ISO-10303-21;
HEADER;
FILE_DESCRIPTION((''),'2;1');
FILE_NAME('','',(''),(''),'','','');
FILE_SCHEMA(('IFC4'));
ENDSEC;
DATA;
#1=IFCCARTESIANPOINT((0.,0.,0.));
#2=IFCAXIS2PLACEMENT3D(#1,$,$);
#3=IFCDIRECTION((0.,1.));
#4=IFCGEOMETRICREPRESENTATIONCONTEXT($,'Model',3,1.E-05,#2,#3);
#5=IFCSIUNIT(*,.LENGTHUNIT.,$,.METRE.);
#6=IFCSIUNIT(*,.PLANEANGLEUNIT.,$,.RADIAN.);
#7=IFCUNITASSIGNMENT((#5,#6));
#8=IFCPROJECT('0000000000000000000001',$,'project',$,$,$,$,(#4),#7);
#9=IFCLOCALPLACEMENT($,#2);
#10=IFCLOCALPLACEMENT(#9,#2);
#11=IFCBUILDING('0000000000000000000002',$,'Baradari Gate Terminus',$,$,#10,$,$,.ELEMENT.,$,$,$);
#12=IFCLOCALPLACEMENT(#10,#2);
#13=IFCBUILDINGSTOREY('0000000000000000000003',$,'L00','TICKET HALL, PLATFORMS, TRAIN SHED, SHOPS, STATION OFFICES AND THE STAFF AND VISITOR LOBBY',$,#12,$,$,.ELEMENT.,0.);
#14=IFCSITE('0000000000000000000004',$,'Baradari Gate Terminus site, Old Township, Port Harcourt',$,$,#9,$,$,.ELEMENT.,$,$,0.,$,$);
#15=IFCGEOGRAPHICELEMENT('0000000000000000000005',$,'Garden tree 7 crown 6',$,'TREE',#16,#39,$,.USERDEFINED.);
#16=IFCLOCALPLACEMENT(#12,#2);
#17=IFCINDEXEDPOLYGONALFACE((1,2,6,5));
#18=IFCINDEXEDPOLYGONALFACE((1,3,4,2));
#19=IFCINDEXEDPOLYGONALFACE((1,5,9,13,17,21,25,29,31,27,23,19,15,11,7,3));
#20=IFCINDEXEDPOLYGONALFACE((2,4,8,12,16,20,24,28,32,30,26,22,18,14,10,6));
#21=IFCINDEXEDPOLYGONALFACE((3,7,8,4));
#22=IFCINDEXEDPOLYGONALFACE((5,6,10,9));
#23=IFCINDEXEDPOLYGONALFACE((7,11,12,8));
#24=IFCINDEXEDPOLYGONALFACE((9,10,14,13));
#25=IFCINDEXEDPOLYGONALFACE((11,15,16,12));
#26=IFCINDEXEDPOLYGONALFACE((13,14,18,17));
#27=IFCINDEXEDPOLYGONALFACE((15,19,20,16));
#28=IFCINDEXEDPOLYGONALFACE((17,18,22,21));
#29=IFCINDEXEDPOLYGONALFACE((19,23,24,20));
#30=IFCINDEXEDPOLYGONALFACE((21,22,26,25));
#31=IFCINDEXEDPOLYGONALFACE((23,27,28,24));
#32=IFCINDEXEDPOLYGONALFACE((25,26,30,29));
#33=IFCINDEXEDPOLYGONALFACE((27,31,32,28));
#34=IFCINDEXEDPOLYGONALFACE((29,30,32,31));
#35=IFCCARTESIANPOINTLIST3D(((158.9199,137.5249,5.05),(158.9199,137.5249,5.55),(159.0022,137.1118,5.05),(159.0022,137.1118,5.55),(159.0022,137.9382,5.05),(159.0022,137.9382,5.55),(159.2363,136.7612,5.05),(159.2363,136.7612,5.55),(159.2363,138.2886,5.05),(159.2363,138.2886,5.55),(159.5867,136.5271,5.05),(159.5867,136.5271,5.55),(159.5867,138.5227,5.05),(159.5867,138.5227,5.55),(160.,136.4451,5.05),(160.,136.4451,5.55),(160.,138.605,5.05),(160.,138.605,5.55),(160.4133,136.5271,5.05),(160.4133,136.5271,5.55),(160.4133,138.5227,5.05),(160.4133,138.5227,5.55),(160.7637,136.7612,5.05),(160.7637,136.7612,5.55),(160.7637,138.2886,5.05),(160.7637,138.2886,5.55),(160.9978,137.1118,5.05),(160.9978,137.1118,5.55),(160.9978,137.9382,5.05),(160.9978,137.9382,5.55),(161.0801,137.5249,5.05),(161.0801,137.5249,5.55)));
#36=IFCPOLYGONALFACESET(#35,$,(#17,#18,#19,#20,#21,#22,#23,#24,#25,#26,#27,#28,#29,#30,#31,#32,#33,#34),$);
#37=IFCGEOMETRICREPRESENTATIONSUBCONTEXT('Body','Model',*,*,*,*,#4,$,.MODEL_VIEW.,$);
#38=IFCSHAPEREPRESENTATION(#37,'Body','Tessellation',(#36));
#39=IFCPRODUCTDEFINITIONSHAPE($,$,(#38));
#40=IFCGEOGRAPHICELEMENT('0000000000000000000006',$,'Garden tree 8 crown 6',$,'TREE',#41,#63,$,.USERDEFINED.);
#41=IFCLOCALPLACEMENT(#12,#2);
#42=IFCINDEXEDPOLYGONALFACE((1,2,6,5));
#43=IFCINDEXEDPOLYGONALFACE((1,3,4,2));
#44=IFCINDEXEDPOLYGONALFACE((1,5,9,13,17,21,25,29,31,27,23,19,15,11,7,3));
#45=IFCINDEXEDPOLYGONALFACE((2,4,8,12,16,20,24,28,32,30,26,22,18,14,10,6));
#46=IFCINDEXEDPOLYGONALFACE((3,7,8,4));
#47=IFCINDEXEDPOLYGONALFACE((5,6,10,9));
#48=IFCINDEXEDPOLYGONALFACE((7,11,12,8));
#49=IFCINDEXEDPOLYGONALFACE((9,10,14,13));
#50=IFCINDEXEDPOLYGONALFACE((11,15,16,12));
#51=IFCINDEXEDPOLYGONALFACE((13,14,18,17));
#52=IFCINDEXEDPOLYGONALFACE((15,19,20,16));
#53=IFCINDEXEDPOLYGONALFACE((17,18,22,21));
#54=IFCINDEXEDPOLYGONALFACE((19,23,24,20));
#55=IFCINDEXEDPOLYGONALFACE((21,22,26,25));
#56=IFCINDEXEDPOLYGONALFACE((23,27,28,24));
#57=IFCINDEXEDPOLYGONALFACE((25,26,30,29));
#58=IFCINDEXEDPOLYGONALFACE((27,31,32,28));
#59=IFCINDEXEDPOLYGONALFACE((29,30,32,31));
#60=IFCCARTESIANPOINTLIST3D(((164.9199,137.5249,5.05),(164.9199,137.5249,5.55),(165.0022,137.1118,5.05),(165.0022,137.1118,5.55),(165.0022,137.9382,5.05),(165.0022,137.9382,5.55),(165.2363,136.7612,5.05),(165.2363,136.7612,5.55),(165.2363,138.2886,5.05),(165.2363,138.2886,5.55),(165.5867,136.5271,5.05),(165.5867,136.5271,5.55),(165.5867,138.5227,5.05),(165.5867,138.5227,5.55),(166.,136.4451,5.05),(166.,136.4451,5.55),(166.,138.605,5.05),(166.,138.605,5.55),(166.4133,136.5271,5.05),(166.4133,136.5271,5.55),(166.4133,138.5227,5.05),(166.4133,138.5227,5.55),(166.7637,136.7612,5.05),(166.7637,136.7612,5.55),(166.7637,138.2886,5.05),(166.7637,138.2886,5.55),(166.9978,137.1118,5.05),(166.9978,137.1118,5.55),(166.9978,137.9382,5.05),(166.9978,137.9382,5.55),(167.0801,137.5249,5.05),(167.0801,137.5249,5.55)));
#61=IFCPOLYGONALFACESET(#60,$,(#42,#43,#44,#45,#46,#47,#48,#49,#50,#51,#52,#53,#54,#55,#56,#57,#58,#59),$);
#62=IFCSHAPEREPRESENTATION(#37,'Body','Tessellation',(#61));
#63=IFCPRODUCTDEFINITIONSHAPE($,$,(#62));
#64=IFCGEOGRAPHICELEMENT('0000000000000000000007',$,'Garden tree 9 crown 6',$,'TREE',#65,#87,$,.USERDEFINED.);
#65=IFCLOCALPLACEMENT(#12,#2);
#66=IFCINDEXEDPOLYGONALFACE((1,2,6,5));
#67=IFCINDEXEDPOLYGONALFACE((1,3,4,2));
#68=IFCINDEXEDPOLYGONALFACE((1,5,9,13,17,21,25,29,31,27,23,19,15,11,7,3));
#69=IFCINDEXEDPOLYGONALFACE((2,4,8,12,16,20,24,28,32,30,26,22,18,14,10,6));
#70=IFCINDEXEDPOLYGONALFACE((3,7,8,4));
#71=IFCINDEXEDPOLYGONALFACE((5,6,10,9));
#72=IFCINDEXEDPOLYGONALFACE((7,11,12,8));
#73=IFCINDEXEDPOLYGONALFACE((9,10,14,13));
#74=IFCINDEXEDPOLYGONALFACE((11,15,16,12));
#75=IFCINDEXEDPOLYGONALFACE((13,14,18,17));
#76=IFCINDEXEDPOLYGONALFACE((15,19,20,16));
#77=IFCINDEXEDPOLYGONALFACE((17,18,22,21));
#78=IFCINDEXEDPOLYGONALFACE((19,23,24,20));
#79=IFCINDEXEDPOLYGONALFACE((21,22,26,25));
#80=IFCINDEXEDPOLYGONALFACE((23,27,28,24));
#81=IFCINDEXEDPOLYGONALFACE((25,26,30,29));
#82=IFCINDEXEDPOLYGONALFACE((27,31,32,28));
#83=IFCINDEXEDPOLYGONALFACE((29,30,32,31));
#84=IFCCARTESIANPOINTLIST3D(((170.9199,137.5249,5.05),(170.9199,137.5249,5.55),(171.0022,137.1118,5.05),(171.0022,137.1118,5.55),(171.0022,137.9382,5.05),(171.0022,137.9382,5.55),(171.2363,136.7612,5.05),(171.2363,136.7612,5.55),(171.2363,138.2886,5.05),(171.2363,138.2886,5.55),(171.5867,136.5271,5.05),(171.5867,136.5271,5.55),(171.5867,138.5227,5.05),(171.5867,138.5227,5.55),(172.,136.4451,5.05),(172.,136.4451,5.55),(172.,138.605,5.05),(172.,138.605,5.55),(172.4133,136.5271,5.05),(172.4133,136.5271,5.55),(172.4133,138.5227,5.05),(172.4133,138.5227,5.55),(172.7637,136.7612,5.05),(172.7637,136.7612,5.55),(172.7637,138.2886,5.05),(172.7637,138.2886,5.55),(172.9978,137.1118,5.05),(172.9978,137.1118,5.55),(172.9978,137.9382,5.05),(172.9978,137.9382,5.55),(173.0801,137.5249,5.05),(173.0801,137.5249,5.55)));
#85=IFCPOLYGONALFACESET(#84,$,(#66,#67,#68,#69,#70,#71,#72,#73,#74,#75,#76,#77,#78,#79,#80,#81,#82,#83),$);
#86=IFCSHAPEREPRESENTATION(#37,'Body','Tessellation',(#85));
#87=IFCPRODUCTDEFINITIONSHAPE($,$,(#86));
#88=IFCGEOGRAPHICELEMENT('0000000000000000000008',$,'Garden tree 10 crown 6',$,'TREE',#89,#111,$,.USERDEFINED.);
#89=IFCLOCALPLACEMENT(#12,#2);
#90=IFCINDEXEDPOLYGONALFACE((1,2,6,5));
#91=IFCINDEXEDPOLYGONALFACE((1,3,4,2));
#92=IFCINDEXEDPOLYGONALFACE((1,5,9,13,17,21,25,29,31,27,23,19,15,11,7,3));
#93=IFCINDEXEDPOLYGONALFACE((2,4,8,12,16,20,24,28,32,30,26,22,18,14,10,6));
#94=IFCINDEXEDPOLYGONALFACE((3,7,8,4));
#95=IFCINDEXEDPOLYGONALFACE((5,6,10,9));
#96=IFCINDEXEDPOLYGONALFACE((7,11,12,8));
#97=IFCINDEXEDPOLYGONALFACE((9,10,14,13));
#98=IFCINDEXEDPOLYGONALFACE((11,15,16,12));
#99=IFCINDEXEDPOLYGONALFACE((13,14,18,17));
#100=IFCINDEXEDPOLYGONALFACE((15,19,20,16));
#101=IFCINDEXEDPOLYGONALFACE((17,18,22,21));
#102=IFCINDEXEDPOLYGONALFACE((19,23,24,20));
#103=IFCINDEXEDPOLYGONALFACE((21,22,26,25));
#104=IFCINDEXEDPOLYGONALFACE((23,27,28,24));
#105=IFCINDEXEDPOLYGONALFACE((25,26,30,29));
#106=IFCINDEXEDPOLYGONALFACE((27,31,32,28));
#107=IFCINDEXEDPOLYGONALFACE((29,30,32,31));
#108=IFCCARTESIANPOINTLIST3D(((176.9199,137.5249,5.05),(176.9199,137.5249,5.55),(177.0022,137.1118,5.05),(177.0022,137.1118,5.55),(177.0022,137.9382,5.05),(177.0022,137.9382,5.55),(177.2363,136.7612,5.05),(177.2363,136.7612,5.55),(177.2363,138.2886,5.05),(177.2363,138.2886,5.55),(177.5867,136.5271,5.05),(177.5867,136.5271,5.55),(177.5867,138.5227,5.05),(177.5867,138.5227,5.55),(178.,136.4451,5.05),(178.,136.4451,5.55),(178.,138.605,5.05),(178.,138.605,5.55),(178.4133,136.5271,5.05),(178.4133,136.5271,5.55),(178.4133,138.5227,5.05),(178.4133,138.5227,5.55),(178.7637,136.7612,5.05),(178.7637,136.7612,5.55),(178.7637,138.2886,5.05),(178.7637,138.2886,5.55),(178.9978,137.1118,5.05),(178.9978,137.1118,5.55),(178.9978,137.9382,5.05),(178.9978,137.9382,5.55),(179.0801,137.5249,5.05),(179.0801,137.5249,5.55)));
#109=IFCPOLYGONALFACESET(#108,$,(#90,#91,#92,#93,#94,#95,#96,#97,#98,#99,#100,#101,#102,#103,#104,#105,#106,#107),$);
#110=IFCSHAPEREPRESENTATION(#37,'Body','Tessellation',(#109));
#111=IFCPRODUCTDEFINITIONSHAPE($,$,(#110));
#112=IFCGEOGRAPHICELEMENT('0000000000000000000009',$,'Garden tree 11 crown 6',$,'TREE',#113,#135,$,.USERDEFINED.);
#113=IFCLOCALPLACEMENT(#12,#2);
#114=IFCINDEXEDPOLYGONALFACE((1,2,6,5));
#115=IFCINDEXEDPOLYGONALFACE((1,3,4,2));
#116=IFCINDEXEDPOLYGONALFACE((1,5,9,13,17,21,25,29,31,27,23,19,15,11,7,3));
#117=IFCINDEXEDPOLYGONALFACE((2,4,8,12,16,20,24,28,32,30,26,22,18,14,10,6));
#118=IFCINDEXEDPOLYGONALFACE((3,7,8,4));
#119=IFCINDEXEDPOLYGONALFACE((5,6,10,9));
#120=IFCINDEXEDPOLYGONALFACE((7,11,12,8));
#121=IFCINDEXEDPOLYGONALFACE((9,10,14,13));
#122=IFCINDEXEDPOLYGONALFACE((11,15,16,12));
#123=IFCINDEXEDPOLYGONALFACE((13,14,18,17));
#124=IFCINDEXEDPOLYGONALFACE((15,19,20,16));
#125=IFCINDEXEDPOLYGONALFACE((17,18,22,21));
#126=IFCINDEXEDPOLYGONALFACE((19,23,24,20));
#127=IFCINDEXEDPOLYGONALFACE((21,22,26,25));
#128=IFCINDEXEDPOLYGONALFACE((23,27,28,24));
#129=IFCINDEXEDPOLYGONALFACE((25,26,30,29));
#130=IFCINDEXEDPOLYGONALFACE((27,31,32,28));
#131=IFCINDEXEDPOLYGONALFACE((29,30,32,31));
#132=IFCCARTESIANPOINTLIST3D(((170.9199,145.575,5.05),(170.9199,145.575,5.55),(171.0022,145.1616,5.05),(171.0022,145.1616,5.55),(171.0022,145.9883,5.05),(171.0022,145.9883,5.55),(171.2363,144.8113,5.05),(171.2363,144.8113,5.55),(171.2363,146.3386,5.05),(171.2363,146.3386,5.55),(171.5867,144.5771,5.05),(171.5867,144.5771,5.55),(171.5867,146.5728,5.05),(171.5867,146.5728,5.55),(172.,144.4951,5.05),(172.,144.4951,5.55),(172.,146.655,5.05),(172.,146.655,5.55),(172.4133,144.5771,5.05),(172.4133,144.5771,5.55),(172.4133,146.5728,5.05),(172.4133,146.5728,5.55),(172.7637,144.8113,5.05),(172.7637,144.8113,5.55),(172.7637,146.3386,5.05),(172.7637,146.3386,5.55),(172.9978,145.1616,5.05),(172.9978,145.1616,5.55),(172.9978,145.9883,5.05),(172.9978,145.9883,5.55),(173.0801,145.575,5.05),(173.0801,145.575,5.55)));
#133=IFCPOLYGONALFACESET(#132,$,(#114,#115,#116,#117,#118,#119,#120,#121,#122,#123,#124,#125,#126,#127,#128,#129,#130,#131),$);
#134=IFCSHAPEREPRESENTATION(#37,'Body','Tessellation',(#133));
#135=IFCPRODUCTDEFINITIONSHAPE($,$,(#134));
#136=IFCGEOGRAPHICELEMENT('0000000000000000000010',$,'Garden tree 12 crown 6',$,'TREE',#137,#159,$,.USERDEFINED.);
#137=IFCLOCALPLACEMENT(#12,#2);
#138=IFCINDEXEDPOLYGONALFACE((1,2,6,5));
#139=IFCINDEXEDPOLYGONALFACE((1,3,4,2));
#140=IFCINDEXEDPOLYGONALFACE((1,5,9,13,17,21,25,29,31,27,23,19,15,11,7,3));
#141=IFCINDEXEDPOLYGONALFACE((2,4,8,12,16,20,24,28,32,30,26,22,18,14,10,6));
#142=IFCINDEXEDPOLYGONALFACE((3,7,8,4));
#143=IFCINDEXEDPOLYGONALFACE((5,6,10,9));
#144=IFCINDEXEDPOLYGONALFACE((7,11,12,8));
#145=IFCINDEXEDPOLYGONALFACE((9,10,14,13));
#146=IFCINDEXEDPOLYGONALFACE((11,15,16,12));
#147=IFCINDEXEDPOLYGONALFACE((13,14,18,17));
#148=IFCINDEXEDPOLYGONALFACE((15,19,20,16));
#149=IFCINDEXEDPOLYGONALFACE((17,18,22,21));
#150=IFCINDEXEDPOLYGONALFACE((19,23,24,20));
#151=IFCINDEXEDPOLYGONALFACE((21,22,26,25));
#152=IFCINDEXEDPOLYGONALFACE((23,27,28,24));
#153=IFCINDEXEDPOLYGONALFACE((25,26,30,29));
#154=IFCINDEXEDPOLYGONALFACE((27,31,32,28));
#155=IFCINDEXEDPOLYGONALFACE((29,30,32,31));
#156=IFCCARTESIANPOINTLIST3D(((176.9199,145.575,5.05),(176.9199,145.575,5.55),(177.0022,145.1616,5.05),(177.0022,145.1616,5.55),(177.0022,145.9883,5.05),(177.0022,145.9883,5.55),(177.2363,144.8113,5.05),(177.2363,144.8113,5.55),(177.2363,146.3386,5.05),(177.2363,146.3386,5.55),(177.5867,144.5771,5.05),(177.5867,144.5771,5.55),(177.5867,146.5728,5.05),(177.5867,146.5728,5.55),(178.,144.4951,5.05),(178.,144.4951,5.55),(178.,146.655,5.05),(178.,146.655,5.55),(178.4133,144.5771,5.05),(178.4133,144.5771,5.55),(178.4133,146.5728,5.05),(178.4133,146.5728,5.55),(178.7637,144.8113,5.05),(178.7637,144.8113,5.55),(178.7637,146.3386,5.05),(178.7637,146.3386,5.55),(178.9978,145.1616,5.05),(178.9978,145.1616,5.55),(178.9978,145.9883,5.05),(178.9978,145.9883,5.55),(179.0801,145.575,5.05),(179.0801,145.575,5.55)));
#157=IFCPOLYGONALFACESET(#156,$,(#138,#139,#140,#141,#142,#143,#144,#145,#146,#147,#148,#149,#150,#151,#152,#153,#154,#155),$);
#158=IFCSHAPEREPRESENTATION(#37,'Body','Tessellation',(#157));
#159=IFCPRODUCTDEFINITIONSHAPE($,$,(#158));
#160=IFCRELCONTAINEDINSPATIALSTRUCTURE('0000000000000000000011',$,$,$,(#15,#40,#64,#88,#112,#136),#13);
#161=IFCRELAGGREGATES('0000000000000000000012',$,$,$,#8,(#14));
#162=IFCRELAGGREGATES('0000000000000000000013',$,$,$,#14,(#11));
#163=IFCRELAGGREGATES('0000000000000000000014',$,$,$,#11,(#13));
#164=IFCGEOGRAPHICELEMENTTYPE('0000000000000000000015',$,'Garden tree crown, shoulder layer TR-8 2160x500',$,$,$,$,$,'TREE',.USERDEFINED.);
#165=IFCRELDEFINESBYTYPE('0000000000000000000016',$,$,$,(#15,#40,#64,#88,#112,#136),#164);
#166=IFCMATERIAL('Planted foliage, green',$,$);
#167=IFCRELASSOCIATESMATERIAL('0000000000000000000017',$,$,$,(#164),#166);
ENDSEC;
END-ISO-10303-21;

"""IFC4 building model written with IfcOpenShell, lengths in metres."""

from ifc_helpers import new_model, si_unit, direction, frame, origin, place, context, subcontext, project, spatial, polyline, outline, extrude, material, type_object, element, save


model = new_model("IFC4")

# Units and contexts
model_context = context("Model", 3, precision=1e-05, world=origin(), true_north=direction((0.0, 1.0)))
body_context = subcontext(model_context, "Body", "Model", "MODEL_VIEW")
ifc_project = project(units=[si_unit("LENGTHUNIT", "METRE"), si_unit("PLANEANGLEUNIT", "RADIAN")], contexts=[model_context])

# Site, building, storey
site_placement = place(None, origin())
site = spatial("IfcSite", under=ifc_project, at=site_placement, Name="Baradari Gate Terminus site, Old Township, Port Harcourt", CompositionType="ELEMENT", RefElevation=0.0)
building_placement = place(site_placement, origin())
building = spatial("IfcBuilding", under=site, at=building_placement, Name="Baradari Gate Terminus", CompositionType="ELEMENT")
storey_placement = place(building_placement, origin())
storey = spatial("IfcBuildingStorey", under=building, at=storey_placement, Name="L00", Description="TICKET HALL, PLATFORMS, TRAIN SHED, SHOPS, STATION OFFICES AND THE STAFF AND VISITOR LOBBY", CompositionType="ELEMENT", Elevation=0.0)

# Geographic elements
ifc_material_1 = material(Name="Planted foliage, green")
geographic_element_type_1 = type_object("IfcGeographicElementType", Name="Garden tree crown, shoulder layer TR-8 2160x500", ElementType="TREE", PredefinedType="USERDEFINED", material=ifc_material_1)
geographic_element_1_placement = place(storey_placement, frame((0.0, 0.0, 5.05)))
element("IfcGeographicElement", 1, at=geographic_element_1_placement, inside=storey, type_object=geographic_element_type_1, Name="Garden tree 7 crown 6", ObjectType="TREE", PredefinedType="USERDEFINED", context=body_context, shape_type="SweptSolid", body=[
    extrude(outline(polyline([(161.0801, 137.5249), (160.9978, 137.9382), (160.7637, 138.2886), (160.4133, 138.5227), (160.0, 138.605), (159.5867, 138.5227), (159.2363, 138.2886), (159.0022, 137.9382), (158.9199, 137.5249), (159.0022, 137.1118), (159.2363, 136.7612), (159.5867, 136.5271), (160.0, 136.4451), (160.4133, 136.5271), (160.7637, 136.7612), (160.9978, 137.1118), (161.0801, 137.5249)])), origin(), (0.0, 0.0, 1.0), 0.5),
])
geographic_element_2_placement = place(storey_placement, frame((0.0, 0.0, 5.05)))
element("IfcGeographicElement", 2, at=geographic_element_2_placement, inside=storey, type_object=geographic_element_type_1, Name="Garden tree 8 crown 6", ObjectType="TREE", PredefinedType="USERDEFINED", context=body_context, shape_type="SweptSolid", body=[
    extrude(outline(polyline([(167.0801, 137.5249), (166.9978, 137.9382), (166.7637, 138.2886), (166.4133, 138.5227), (166.0, 138.605), (165.5867, 138.5227), (165.2363, 138.2886), (165.0022, 137.9382), (164.9199, 137.5249), (165.0022, 137.1118), (165.2363, 136.7612), (165.5867, 136.5271), (166.0, 136.4451), (166.4133, 136.5271), (166.7637, 136.7612), (166.9978, 137.1118), (167.0801, 137.5249)])), origin(), (0.0, 0.0, 1.0), 0.5),
])
geographic_element_3_placement = place(storey_placement, frame((0.0, 0.0, 5.05)))
element("IfcGeographicElement", 3, at=geographic_element_3_placement, inside=storey, type_object=geographic_element_type_1, Name="Garden tree 9 crown 6", ObjectType="TREE", PredefinedType="USERDEFINED", context=body_context, shape_type="SweptSolid", body=[
    extrude(outline(polyline([(173.0801, 137.5249), (172.9978, 137.9382), (172.7637, 138.2886), (172.4133, 138.5227), (172.0, 138.605), (171.5867, 138.5227), (171.2363, 138.2886), (171.0022, 137.9382), (170.9199, 137.5249), (171.0022, 137.1118), (171.2363, 136.7612), (171.5867, 136.5271), (172.0, 136.4451), (172.4133, 136.5271), (172.7637, 136.7612), (172.9978, 137.1118), (173.0801, 137.5249)])), origin(), (0.0, 0.0, 1.0), 0.5),
])
geographic_element_4_placement = place(storey_placement, frame((0.0, 0.0, 5.05)))
element("IfcGeographicElement", 4, at=geographic_element_4_placement, inside=storey, type_object=geographic_element_type_1, Name="Garden tree 10 crown 6", ObjectType="TREE", PredefinedType="USERDEFINED", context=body_context, shape_type="SweptSolid", body=[
    extrude(outline(polyline([(179.0801, 137.5249), (178.9978, 137.9382), (178.7637, 138.2886), (178.4133, 138.5227), (178.0, 138.605), (177.5867, 138.5227), (177.2363, 138.2886), (177.0022, 137.9382), (176.9199, 137.5249), (177.0022, 137.1118), (177.2363, 136.7612), (177.5867, 136.5271), (178.0, 136.4451), (178.4133, 136.5271), (178.7637, 136.7612), (178.9978, 137.1118), (179.0801, 137.5249)])), origin(), (0.0, 0.0, 1.0), 0.5),
])
geographic_element_5_placement = place(storey_placement, frame((0.0, 0.0, 5.05)))
element("IfcGeographicElement", 5, at=geographic_element_5_placement, inside=storey, type_object=geographic_element_type_1, Name="Garden tree 11 crown 6", ObjectType="TREE", PredefinedType="USERDEFINED", context=body_context, shape_type="SweptSolid", body=[
    extrude(outline(polyline([(173.0801, 145.575), (172.9978, 145.9883), (172.7637, 146.3386), (172.4133, 146.5728), (172.0, 146.655), (171.5867, 146.5728), (171.2363, 146.3386), (171.0022, 145.9883), (170.9199, 145.575), (171.0022, 145.1616), (171.2363, 144.8113), (171.5867, 144.5771), (172.0, 144.4951), (172.4133, 144.5771), (172.7637, 144.8113), (172.9978, 145.1616), (173.0801, 145.575)])), origin(), (0.0, 0.0, 1.0), 0.5),
])
geographic_element_6_placement = place(storey_placement, frame((0.0, 0.0, 5.05)))
element("IfcGeographicElement", 6, at=geographic_element_6_placement, inside=storey, type_object=geographic_element_type_1, Name="Garden tree 12 crown 6", ObjectType="TREE", PredefinedType="USERDEFINED", context=body_context, shape_type="SweptSolid", body=[
    extrude(outline(polyline([(179.0801, 145.575), (178.9978, 145.9883), (178.7637, 146.3386), (178.4133, 146.5728), (178.0, 146.655), (177.5867, 146.5728), (177.2363, 146.3386), (177.0022, 145.9883), (176.9199, 145.575), (177.0022, 145.1616), (177.2363, 144.8113), (177.5867, 144.5771), (178.0, 144.4951), (178.4133, 144.5771), (178.7637, 144.8113), (178.9978, 145.1616), (179.0801, 145.575)])), origin(), (0.0, 0.0, 1.0), 0.5),
])

save(model, "model.ifc")
